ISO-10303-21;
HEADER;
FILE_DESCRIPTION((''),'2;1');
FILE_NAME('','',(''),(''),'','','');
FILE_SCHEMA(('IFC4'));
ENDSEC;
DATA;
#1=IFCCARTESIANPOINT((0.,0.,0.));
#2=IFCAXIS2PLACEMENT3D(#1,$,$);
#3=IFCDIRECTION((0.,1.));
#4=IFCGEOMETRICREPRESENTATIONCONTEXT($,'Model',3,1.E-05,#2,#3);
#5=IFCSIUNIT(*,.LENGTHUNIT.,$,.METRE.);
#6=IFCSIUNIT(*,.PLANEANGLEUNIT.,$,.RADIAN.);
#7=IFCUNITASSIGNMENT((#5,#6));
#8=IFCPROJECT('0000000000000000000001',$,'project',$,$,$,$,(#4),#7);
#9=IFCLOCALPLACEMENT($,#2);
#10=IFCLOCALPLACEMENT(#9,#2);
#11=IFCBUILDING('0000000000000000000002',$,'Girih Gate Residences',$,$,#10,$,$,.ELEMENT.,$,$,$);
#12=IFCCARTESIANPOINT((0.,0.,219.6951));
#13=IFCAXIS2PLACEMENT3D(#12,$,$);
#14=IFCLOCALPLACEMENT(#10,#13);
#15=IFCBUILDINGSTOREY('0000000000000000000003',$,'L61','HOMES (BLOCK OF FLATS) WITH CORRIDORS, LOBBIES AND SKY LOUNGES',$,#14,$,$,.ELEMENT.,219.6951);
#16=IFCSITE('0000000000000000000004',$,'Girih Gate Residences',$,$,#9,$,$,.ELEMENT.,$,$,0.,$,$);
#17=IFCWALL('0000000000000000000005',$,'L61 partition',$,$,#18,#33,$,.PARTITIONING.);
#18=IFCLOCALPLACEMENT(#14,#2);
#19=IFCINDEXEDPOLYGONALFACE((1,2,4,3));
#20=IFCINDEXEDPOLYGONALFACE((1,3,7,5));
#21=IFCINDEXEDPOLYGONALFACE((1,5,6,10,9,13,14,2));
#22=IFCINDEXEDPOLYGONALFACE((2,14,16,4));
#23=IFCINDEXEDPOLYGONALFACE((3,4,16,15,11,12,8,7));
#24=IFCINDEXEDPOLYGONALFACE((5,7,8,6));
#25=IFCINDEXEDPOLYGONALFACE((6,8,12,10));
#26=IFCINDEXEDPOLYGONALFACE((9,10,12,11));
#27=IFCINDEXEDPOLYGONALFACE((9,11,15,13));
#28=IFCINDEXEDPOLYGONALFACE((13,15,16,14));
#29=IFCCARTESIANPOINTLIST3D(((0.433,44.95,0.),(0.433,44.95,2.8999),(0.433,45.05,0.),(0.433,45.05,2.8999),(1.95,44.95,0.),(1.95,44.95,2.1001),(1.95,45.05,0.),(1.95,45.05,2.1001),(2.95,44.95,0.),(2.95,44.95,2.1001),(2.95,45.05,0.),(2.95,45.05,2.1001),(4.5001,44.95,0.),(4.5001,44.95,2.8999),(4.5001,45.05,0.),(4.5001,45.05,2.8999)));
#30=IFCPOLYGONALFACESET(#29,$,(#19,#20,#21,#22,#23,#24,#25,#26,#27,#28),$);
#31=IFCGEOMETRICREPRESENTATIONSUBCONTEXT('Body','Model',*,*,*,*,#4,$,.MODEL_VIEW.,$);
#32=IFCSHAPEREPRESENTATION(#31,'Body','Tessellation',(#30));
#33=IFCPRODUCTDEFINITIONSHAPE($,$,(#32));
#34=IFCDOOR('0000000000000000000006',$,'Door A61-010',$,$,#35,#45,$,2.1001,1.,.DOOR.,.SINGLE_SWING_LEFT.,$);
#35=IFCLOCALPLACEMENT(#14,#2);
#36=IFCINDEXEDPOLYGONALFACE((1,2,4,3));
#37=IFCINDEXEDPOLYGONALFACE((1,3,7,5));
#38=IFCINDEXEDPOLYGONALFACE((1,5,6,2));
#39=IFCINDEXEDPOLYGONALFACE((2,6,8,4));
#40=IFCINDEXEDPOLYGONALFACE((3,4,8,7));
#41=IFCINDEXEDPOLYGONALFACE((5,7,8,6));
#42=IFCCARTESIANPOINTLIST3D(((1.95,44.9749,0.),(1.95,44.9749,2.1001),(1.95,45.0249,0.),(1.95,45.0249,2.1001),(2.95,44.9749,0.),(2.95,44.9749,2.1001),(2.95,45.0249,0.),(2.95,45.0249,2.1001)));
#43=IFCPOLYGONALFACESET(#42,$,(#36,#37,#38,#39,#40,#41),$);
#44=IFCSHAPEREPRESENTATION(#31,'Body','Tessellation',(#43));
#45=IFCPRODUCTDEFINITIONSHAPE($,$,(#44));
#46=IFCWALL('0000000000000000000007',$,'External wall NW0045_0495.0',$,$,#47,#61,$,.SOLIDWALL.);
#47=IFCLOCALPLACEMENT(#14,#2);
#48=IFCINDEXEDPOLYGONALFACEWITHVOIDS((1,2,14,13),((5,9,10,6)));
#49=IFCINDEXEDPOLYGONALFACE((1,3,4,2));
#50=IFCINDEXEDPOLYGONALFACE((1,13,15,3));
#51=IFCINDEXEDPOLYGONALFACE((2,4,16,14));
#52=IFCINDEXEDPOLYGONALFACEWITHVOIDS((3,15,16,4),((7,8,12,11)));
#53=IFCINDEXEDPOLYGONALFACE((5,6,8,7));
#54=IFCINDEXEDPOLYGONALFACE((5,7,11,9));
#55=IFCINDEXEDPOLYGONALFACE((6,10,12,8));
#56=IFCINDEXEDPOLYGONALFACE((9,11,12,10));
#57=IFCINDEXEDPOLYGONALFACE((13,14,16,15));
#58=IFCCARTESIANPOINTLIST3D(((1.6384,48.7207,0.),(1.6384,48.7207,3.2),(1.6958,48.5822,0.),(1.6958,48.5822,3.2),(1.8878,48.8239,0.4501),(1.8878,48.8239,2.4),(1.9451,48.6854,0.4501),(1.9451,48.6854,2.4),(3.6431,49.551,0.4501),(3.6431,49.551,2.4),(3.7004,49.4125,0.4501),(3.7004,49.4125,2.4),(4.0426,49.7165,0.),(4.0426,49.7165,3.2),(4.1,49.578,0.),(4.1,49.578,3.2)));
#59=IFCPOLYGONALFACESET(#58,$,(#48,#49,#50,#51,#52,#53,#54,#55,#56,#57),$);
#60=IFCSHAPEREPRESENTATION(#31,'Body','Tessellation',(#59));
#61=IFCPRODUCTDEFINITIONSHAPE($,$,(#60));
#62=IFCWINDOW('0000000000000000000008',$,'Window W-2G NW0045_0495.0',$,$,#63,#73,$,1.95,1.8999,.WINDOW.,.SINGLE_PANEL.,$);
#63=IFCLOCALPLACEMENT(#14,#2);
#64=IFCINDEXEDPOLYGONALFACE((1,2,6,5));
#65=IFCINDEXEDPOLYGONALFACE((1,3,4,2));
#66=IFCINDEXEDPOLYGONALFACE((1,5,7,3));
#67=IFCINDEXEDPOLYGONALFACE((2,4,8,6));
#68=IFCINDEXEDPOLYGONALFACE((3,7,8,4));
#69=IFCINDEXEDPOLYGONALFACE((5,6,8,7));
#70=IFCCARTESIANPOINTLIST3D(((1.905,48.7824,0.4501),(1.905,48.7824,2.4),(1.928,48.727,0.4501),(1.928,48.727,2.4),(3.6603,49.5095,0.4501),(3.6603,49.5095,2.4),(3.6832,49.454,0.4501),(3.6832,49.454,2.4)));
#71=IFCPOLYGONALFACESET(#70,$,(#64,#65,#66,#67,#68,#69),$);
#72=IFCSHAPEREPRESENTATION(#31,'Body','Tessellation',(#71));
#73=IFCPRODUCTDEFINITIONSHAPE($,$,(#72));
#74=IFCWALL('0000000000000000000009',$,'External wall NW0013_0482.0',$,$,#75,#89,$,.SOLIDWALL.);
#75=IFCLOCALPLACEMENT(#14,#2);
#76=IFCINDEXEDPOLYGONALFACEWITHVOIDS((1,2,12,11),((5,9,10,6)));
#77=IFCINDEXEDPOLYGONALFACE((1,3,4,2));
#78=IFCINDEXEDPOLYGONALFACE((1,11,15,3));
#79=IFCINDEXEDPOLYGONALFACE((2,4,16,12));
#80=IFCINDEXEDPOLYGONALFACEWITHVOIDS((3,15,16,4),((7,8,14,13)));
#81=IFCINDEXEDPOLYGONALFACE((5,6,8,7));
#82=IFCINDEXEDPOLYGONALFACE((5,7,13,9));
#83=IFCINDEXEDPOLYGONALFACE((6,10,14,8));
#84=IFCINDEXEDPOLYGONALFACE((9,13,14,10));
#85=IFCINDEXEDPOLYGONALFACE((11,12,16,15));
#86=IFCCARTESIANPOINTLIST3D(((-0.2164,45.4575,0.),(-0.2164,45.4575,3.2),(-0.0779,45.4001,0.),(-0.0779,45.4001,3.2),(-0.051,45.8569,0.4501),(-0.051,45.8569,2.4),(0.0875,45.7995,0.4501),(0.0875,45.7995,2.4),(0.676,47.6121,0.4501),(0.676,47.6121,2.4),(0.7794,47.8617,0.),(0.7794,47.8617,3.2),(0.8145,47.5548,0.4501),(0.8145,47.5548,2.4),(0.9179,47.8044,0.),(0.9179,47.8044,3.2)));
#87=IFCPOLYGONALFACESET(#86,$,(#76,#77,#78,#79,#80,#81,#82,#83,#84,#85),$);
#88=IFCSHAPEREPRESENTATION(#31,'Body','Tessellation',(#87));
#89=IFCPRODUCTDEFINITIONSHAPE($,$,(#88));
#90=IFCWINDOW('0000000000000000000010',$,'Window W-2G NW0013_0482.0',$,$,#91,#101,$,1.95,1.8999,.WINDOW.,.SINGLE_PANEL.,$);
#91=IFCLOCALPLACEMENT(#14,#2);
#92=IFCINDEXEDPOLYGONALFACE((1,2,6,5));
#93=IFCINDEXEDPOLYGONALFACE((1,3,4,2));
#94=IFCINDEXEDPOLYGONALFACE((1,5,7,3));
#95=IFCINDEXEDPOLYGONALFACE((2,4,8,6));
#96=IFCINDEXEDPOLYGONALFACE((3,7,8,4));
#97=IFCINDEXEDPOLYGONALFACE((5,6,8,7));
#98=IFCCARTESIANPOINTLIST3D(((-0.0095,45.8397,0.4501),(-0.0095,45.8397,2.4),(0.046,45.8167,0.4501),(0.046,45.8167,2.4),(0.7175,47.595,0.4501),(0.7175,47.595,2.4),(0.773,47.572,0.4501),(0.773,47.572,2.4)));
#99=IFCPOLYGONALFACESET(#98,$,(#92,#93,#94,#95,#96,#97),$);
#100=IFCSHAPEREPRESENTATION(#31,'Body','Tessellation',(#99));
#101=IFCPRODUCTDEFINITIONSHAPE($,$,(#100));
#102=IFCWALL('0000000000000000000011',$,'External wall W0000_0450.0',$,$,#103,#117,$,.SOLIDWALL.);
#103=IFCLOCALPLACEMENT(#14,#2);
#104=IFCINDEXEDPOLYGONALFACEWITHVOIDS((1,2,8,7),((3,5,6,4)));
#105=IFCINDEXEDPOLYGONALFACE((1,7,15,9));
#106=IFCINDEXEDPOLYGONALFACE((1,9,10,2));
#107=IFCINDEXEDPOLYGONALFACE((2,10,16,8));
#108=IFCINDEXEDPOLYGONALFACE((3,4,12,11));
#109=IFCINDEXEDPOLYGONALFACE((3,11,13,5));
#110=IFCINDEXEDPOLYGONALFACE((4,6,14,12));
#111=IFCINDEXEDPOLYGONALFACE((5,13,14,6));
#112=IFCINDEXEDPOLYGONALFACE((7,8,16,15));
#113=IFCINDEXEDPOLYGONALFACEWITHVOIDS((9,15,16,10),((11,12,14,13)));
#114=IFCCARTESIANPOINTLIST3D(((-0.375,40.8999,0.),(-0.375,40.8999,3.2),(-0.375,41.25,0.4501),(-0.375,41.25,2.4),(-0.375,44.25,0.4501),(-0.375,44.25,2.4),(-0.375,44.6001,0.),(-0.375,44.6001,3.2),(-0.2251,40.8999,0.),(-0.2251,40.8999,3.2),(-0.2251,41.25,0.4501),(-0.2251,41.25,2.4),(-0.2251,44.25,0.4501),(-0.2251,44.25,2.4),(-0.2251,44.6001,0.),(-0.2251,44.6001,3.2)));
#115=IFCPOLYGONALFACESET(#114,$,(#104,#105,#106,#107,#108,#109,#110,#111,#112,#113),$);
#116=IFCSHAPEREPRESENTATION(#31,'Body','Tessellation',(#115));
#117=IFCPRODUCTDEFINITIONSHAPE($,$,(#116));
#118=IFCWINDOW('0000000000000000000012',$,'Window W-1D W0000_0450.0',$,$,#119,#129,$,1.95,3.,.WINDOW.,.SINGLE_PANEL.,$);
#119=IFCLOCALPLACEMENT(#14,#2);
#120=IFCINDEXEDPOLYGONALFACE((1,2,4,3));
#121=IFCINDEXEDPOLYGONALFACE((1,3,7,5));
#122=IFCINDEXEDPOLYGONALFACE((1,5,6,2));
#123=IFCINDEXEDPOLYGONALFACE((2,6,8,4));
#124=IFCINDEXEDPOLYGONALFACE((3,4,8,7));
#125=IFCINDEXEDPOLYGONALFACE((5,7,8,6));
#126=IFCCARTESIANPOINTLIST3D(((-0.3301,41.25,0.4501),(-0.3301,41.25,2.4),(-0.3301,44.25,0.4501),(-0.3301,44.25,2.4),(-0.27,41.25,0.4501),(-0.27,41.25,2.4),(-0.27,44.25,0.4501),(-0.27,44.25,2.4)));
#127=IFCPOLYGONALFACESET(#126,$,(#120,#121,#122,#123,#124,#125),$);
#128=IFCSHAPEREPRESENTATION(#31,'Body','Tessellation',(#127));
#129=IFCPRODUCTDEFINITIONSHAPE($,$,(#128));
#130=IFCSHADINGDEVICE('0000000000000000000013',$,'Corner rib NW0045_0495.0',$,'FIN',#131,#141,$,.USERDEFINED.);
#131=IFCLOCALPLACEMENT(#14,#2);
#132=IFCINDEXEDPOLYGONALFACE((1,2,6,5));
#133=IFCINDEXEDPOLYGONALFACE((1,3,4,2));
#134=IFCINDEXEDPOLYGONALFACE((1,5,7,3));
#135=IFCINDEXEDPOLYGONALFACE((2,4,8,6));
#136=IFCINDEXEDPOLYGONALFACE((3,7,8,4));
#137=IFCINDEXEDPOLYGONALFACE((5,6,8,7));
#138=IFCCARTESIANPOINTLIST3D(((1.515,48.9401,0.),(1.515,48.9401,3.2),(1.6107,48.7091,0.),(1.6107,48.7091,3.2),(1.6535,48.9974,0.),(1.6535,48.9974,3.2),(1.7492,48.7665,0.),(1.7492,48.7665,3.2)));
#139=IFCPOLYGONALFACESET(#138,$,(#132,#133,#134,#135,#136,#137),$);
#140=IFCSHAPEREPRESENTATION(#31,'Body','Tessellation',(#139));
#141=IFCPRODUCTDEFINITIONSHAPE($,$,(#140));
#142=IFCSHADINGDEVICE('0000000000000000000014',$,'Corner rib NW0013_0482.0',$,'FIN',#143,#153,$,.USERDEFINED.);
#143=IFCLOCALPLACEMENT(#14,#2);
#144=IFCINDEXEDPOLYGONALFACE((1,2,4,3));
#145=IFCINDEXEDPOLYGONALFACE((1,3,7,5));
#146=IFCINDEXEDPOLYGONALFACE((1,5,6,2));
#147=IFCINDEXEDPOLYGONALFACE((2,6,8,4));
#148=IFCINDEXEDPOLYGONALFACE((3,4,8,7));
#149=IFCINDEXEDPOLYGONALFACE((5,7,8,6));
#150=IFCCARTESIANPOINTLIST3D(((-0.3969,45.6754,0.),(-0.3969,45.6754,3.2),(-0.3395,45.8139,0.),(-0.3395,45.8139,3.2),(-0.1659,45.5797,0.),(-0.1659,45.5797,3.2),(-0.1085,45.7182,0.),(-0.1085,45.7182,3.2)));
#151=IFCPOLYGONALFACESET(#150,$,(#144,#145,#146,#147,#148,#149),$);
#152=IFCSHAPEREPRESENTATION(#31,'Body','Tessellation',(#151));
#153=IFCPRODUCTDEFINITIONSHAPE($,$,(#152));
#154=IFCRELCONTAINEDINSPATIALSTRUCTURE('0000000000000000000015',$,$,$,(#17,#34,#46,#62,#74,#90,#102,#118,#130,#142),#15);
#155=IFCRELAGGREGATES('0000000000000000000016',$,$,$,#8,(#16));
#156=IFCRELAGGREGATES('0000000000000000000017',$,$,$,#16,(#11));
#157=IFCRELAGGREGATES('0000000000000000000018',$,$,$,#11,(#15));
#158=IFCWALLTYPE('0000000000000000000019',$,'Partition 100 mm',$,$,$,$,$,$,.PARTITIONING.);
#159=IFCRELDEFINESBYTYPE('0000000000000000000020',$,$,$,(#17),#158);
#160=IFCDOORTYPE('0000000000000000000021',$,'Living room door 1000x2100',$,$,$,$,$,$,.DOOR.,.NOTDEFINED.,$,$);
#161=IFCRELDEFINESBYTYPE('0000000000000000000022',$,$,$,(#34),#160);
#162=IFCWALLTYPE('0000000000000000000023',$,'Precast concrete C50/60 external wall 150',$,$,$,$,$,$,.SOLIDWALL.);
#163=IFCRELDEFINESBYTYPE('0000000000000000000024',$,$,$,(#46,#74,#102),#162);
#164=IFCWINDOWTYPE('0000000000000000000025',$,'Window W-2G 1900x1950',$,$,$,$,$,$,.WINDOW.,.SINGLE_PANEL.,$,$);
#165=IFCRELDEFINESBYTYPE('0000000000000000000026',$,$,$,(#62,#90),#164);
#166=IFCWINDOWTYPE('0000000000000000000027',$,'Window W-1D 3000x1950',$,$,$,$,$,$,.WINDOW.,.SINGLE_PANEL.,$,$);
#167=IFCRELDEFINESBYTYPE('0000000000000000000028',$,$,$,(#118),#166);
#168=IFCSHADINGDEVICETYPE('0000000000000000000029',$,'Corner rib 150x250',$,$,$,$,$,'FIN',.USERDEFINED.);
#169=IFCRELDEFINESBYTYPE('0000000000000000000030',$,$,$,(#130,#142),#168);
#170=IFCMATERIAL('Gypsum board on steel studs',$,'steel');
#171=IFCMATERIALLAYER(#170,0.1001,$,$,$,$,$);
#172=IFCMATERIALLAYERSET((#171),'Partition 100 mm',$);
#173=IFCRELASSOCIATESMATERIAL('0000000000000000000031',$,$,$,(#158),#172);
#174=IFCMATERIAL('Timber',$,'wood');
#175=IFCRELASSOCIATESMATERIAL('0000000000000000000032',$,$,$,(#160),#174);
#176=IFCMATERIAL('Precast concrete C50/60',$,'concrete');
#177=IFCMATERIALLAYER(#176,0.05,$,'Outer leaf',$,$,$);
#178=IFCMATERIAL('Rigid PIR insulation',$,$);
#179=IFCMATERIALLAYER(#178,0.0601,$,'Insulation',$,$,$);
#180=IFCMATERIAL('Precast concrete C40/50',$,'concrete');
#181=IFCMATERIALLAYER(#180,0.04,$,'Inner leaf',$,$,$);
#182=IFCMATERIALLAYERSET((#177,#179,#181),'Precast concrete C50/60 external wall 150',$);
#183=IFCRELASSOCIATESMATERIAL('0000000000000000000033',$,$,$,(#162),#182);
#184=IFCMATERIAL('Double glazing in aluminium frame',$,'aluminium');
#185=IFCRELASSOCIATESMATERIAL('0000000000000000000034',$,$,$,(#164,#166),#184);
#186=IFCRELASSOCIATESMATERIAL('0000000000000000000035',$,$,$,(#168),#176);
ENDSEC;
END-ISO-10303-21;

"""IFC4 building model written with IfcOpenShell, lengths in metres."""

from ifc_helpers import new_model, si_unit, direction, frame, frame_2d, origin, origin_2d, place, context, subcontext, project, spatial, rectangle, extrude, material, layer, layer_set, type_object, element, fill, save


model = new_model("IFC4")

# Units and contexts
model_context = context("Model", 3, precision=1e-05, world=origin(), true_north=direction((0.0, 1.0)))
body_context = subcontext(model_context, "Body", "Model", "MODEL_VIEW")
ifc_project = project(units=[si_unit("LENGTHUNIT", "METRE"), si_unit("PLANEANGLEUNIT", "RADIAN")], contexts=[model_context])

# Site, building, storey
site_placement = place(None, origin())
site = spatial("IfcSite", under=ifc_project, at=site_placement, Name="Girih Gate Residences", CompositionType="ELEMENT", RefElevation=0.0)
building_placement = place(site_placement, origin())
building = spatial("IfcBuilding", under=site, at=building_placement, Name="Girih Gate Residences", CompositionType="ELEMENT")
storey_placement = place(building_placement, frame((0.0, 0.0, 219.6951)))
storey = spatial("IfcBuildingStorey", under=building, at=storey_placement, Name="L61", Description="HOMES (BLOCK OF FLATS) WITH CORRIDORS, LOBBIES AND SKY LOUNGES", CompositionType="ELEMENT", Elevation=219.6951)

# Shared definitions
ifc_material_1 = material(Name="Gypsum board on steel studs", Category="steel")

# Shared definitions
ifc_material_2 = material(Name="Timber", Category="wood")
ifc_layer_1 = layer(ifc_material_1, 0.1001)
ifc_layer_set_1 = layer_set([ifc_layer_1], Name="Partition 100 mm")
wall_type_1 = type_object("IfcWallType", Name="Partition 100 mm", PredefinedType="PARTITIONING", material=ifc_layer_set_1)

# Wall, opening, door
wall_1_placement = place(storey_placement, frame((0.4329, 45.0, 0.0), z_axis=(0.0, 0.0, 1.0), x_axis=(1.0, 0.0, 0.0)))
wall_1 = element("IfcWall", 1, at=wall_1_placement, inside=storey, type_object=wall_type_1, Name="L61 partition", PredefinedType="PARTITIONING", context=body_context, shape_type="SweptSolid", body=[
    extrude(rectangle(XDim=4.0671, YDim=0.1001, at=frame_2d((2.0337, 0.0))), origin(), (0.0, 0.0, 1.0), 2.8999),
])
opening_1_placement = place(wall_1_placement, frame((1.5171, 0.0, 0.0)))
opening_1 = element("IfcOpeningElement", 2, at=opening_1_placement, cuts=wall_1, PredefinedType="OPENING", context=body_context, shape_type="SweptSolid", body=[
    extrude(rectangle(XDim=1.0, YDim=2.1001, at=frame_2d((0.5, 1.05))), frame((0.0, 0.0601, 0.0), z_axis=(0.0, -1.0, 0.0), x_axis=(1.0, 0.0, 0.0)), (0.0, 0.0, 1.0), 0.1201),
])
door_type_1 = type_object("IfcDoorType", Name="Living room door 1000x2100", OperationType="NOTDEFINED", PredefinedType="DOOR", material=ifc_material_2)
door_1_placement = place(opening_1_placement, origin())
door_1 = element("IfcDoor", 3, at=door_1_placement, inside=storey, type_object=door_type_1, Name="Door A61-010", OperationType="SINGLE_SWING_LEFT", OverallHeight=2.1001, OverallWidth=1.0, PredefinedType="DOOR", context=body_context, shape_type="SweptSolid", body=[
    extrude(rectangle(XDim=1.0, YDim=2.1001, at=frame_2d((0.5, 1.05))), frame((0.0, 0.0249, 0.0), z_axis=(0.0, -1.0, 0.0), x_axis=(1.0, 0.0, 0.0)), (0.0, 0.0, 1.0), 0.05),
])
fill(opening_1, door_1)

# Walls, openings, windows
ifc_material_3 = material(Name="Precast concrete C50/60", Category="concrete")
ifc_layer_2 = layer(ifc_material_3, 0.05, Name="Outer leaf")
ifc_material_4 = material(Name="Rigid PIR insulation")
ifc_layer_3 = layer(ifc_material_4, 0.0601, Name="Insulation")
ifc_material_5 = material(Name="Precast concrete C40/50", Category="concrete")
ifc_layer_4 = layer(ifc_material_5, 0.04, Name="Inner leaf")
ifc_layer_set_2 = layer_set([ifc_layer_2, ifc_layer_3, ifc_layer_4], Name="Precast concrete C50/60 external wall 150")
wall_type_2 = type_object("IfcWallType", Name="Precast concrete C50/60 external wall 150", PredefinedType="SOLIDWALL", material=ifc_layer_set_2)
wall_2_placement = place(storey_placement, frame((1.667, 48.6514, 0.0), z_axis=(0.0, 0.0, 1.0), x_axis=(0.923885, 0.382669, 0.0)))
wall_2 = element("IfcWall", 4, at=wall_2_placement, inside=storey, type_object=wall_type_2, Name="External wall NW0045_0495.0", PredefinedType="SOLIDWALL", context=body_context, shape_type="SweptSolid", body=[
    extrude(rectangle(XDim=2.6023, YDim=0.1499, at=frame_2d((1.3013, 0.0))), origin(), (0.0, 0.0, 1.0), 3.2),
])
opening_2_placement = place(wall_2_placement, frame((0.27, 0.0, 0.45)))
opening_2 = element("IfcOpeningElement", 5, at=opening_2_placement, cuts=wall_2, PredefinedType="OPENING", context=body_context, shape_type="SweptSolid", body=[
    extrude(rectangle(XDim=1.8999, YDim=1.95, at=frame_2d((0.95, 0.9751))), frame((0.0, 0.085, 0.0), z_axis=(0.0, -1.0, 0.0), x_axis=(1.0, 0.0, 0.0)), (0.0, 0.0, 1.0), 0.1699),
])
ifc_material_6 = material(Name="Double glazing in aluminium frame", Category="aluminium")
window_type_1 = type_object("IfcWindowType", Name="Window W-2G 1900x1950", PartitioningType="SINGLE_PANEL", PredefinedType="WINDOW", material=ifc_material_6)
window_1_placement = place(opening_2_placement, origin())
window_1 = element("IfcWindow", 6, at=window_1_placement, inside=storey, type_object=window_type_1, Name="Window W-2G NW0045_0495.0", OverallHeight=1.95, OverallWidth=1.8999, PartitioningType="SINGLE_PANEL", PredefinedType="WINDOW", context=body_context, shape_type="SweptSolid", body=[
    extrude(rectangle(XDim=1.8999, YDim=1.95, at=frame_2d((0.95, 0.9751))), frame((0.0, 0.03, 0.0), z_axis=(0.0, -1.0, 0.0), x_axis=(1.0, 0.0, 0.0)), (0.0, 0.0, 1.0), 0.0601),
])
fill(opening_2, window_1)
wall_3_placement = place(storey_placement, frame((-0.1472, 45.4287, 0.0), z_axis=(0.0, 0.0, 1.0), x_axis=(0.382669, 0.923885, 0.0)))
wall_3 = element("IfcWall", 7, at=wall_3_placement, inside=storey, type_object=wall_type_2, Name="External wall NW0013_0482.0", PredefinedType="SOLIDWALL", context=body_context, shape_type="SweptSolid", body=[
    extrude(rectangle(XDim=2.6023, YDim=0.1499, at=frame_2d((1.3013, 0.0))), origin(), (0.0, 0.0, 1.0), 3.2),
])
opening_3_placement = place(wall_3_placement, frame((0.4324, 0.0, 0.45)))
opening_3 = element("IfcOpeningElement", 8, at=opening_3_placement, cuts=wall_3, PredefinedType="OPENING", context=body_context, shape_type="SweptSolid", body=[
    extrude(rectangle(XDim=1.8999, YDim=1.95, at=frame_2d((0.95, 0.9751))), frame((0.0, 0.085, 0.0), z_axis=(0.0, -1.0, 0.0), x_axis=(1.0, 0.0, 0.0)), (0.0, 0.0, 1.0), 0.1699),
])
window_2_placement = place(opening_3_placement, origin())
window_2 = element("IfcWindow", 9, at=window_2_placement, inside=storey, type_object=window_type_1, Name="Window W-2G NW0013_0482.0", OverallHeight=1.95, OverallWidth=1.8999, PartitioningType="SINGLE_PANEL", PredefinedType="WINDOW", context=body_context, shape_type="SweptSolid", body=[
    extrude(rectangle(XDim=1.8999, YDim=1.95, at=frame_2d((0.95, 0.9751))), frame((0.0, 0.03, 0.0), z_axis=(0.0, -1.0, 0.0), x_axis=(1.0, 0.0, 0.0)), (0.0, 0.0, 1.0), 0.0601),
])
fill(opening_3, window_2)
wall_4_placement = place(storey_placement, frame((-0.3, 40.8999, 0.0), z_axis=(0.0, 0.0, 1.0), x_axis=(0.0, 1.0, 0.0)))
wall_4 = element("IfcWall", 10, at=wall_4_placement, inside=storey, type_object=wall_type_2, Name="External wall W0000_0450.0", PredefinedType="SOLIDWALL", context=body_context, shape_type="SweptSolid", body=[
    extrude(rectangle(XDim=3.7002, YDim=0.1499, at=frame_2d((1.8501, 0.0))), origin(), (0.0, 0.0, 1.0), 3.2),
])
opening_4_placement = place(wall_4_placement, frame((0.3501, 0.0, 0.45)))
opening_4 = element("IfcOpeningElement", 11, at=opening_4_placement, cuts=wall_4, PredefinedType="OPENING", context=body_context, shape_type="SweptSolid", body=[
    extrude(rectangle(XDim=3.0, YDim=1.95, at=frame_2d((1.5, 0.9751))), frame((0.0, 0.085, 0.0), z_axis=(0.0, -1.0, 0.0), x_axis=(1.0, 0.0, 0.0)), (0.0, 0.0, 1.0), 0.1699),
])
window_type_2 = type_object("IfcWindowType", Name="Window W-1D 3000x1950", PartitioningType="SINGLE_PANEL", PredefinedType="WINDOW", material=ifc_material_6)
window_3_placement = place(opening_4_placement, origin())
window_3 = element("IfcWindow", 12, at=window_3_placement, inside=storey, type_object=window_type_2, Name="Window W-1D W0000_0450.0", OverallHeight=1.95, OverallWidth=3.0, PartitioningType="SINGLE_PANEL", PredefinedType="WINDOW", context=body_context, shape_type="SweptSolid", body=[
    extrude(rectangle(XDim=3.0, YDim=1.95, at=frame_2d((1.5, 0.9751))), frame((0.0, 0.03, 0.0), z_axis=(0.0, -1.0, 0.0), x_axis=(1.0, 0.0, 0.0)), (0.0, 0.0, 1.0), 0.0601),
])
fill(opening_4, window_3)

# Shading devices
shading_device_type = type_object("IfcShadingDeviceType", Name="Corner rib 150x250", ElementType="FIN", PredefinedType="USERDEFINED", material=ifc_material_3)
for number, where, z_axis, x_axis, name in (
    (13, (1.6321, 48.8533, 0.0), (0.0, 0.0, 1.0), (-0.92388, -0.382683, 0.0), "Corner rib NW0045_0495.0"),
    (14, (-0.2527, 45.6968, 0.0), (0.0, 0.0, 1.0), (-0.382683, -0.92388, 0.0), "Corner rib NW0013_0482.0"),
):
    element("IfcShadingDevice", number, at=place(storey_placement, frame(where, z_axis=z_axis, x_axis=x_axis)), inside=storey, type_object=shading_device_type, Name=name, ObjectType="FIN", PredefinedType="USERDEFINED", context=body_context, shape_type="SweptSolid", body=[
        extrude(rectangle(XDim=0.1499, YDim=0.25, at=origin_2d()), origin(), (0.0, 0.0, 1.0), 3.2),
    ])

save(model, "model.ifc")
